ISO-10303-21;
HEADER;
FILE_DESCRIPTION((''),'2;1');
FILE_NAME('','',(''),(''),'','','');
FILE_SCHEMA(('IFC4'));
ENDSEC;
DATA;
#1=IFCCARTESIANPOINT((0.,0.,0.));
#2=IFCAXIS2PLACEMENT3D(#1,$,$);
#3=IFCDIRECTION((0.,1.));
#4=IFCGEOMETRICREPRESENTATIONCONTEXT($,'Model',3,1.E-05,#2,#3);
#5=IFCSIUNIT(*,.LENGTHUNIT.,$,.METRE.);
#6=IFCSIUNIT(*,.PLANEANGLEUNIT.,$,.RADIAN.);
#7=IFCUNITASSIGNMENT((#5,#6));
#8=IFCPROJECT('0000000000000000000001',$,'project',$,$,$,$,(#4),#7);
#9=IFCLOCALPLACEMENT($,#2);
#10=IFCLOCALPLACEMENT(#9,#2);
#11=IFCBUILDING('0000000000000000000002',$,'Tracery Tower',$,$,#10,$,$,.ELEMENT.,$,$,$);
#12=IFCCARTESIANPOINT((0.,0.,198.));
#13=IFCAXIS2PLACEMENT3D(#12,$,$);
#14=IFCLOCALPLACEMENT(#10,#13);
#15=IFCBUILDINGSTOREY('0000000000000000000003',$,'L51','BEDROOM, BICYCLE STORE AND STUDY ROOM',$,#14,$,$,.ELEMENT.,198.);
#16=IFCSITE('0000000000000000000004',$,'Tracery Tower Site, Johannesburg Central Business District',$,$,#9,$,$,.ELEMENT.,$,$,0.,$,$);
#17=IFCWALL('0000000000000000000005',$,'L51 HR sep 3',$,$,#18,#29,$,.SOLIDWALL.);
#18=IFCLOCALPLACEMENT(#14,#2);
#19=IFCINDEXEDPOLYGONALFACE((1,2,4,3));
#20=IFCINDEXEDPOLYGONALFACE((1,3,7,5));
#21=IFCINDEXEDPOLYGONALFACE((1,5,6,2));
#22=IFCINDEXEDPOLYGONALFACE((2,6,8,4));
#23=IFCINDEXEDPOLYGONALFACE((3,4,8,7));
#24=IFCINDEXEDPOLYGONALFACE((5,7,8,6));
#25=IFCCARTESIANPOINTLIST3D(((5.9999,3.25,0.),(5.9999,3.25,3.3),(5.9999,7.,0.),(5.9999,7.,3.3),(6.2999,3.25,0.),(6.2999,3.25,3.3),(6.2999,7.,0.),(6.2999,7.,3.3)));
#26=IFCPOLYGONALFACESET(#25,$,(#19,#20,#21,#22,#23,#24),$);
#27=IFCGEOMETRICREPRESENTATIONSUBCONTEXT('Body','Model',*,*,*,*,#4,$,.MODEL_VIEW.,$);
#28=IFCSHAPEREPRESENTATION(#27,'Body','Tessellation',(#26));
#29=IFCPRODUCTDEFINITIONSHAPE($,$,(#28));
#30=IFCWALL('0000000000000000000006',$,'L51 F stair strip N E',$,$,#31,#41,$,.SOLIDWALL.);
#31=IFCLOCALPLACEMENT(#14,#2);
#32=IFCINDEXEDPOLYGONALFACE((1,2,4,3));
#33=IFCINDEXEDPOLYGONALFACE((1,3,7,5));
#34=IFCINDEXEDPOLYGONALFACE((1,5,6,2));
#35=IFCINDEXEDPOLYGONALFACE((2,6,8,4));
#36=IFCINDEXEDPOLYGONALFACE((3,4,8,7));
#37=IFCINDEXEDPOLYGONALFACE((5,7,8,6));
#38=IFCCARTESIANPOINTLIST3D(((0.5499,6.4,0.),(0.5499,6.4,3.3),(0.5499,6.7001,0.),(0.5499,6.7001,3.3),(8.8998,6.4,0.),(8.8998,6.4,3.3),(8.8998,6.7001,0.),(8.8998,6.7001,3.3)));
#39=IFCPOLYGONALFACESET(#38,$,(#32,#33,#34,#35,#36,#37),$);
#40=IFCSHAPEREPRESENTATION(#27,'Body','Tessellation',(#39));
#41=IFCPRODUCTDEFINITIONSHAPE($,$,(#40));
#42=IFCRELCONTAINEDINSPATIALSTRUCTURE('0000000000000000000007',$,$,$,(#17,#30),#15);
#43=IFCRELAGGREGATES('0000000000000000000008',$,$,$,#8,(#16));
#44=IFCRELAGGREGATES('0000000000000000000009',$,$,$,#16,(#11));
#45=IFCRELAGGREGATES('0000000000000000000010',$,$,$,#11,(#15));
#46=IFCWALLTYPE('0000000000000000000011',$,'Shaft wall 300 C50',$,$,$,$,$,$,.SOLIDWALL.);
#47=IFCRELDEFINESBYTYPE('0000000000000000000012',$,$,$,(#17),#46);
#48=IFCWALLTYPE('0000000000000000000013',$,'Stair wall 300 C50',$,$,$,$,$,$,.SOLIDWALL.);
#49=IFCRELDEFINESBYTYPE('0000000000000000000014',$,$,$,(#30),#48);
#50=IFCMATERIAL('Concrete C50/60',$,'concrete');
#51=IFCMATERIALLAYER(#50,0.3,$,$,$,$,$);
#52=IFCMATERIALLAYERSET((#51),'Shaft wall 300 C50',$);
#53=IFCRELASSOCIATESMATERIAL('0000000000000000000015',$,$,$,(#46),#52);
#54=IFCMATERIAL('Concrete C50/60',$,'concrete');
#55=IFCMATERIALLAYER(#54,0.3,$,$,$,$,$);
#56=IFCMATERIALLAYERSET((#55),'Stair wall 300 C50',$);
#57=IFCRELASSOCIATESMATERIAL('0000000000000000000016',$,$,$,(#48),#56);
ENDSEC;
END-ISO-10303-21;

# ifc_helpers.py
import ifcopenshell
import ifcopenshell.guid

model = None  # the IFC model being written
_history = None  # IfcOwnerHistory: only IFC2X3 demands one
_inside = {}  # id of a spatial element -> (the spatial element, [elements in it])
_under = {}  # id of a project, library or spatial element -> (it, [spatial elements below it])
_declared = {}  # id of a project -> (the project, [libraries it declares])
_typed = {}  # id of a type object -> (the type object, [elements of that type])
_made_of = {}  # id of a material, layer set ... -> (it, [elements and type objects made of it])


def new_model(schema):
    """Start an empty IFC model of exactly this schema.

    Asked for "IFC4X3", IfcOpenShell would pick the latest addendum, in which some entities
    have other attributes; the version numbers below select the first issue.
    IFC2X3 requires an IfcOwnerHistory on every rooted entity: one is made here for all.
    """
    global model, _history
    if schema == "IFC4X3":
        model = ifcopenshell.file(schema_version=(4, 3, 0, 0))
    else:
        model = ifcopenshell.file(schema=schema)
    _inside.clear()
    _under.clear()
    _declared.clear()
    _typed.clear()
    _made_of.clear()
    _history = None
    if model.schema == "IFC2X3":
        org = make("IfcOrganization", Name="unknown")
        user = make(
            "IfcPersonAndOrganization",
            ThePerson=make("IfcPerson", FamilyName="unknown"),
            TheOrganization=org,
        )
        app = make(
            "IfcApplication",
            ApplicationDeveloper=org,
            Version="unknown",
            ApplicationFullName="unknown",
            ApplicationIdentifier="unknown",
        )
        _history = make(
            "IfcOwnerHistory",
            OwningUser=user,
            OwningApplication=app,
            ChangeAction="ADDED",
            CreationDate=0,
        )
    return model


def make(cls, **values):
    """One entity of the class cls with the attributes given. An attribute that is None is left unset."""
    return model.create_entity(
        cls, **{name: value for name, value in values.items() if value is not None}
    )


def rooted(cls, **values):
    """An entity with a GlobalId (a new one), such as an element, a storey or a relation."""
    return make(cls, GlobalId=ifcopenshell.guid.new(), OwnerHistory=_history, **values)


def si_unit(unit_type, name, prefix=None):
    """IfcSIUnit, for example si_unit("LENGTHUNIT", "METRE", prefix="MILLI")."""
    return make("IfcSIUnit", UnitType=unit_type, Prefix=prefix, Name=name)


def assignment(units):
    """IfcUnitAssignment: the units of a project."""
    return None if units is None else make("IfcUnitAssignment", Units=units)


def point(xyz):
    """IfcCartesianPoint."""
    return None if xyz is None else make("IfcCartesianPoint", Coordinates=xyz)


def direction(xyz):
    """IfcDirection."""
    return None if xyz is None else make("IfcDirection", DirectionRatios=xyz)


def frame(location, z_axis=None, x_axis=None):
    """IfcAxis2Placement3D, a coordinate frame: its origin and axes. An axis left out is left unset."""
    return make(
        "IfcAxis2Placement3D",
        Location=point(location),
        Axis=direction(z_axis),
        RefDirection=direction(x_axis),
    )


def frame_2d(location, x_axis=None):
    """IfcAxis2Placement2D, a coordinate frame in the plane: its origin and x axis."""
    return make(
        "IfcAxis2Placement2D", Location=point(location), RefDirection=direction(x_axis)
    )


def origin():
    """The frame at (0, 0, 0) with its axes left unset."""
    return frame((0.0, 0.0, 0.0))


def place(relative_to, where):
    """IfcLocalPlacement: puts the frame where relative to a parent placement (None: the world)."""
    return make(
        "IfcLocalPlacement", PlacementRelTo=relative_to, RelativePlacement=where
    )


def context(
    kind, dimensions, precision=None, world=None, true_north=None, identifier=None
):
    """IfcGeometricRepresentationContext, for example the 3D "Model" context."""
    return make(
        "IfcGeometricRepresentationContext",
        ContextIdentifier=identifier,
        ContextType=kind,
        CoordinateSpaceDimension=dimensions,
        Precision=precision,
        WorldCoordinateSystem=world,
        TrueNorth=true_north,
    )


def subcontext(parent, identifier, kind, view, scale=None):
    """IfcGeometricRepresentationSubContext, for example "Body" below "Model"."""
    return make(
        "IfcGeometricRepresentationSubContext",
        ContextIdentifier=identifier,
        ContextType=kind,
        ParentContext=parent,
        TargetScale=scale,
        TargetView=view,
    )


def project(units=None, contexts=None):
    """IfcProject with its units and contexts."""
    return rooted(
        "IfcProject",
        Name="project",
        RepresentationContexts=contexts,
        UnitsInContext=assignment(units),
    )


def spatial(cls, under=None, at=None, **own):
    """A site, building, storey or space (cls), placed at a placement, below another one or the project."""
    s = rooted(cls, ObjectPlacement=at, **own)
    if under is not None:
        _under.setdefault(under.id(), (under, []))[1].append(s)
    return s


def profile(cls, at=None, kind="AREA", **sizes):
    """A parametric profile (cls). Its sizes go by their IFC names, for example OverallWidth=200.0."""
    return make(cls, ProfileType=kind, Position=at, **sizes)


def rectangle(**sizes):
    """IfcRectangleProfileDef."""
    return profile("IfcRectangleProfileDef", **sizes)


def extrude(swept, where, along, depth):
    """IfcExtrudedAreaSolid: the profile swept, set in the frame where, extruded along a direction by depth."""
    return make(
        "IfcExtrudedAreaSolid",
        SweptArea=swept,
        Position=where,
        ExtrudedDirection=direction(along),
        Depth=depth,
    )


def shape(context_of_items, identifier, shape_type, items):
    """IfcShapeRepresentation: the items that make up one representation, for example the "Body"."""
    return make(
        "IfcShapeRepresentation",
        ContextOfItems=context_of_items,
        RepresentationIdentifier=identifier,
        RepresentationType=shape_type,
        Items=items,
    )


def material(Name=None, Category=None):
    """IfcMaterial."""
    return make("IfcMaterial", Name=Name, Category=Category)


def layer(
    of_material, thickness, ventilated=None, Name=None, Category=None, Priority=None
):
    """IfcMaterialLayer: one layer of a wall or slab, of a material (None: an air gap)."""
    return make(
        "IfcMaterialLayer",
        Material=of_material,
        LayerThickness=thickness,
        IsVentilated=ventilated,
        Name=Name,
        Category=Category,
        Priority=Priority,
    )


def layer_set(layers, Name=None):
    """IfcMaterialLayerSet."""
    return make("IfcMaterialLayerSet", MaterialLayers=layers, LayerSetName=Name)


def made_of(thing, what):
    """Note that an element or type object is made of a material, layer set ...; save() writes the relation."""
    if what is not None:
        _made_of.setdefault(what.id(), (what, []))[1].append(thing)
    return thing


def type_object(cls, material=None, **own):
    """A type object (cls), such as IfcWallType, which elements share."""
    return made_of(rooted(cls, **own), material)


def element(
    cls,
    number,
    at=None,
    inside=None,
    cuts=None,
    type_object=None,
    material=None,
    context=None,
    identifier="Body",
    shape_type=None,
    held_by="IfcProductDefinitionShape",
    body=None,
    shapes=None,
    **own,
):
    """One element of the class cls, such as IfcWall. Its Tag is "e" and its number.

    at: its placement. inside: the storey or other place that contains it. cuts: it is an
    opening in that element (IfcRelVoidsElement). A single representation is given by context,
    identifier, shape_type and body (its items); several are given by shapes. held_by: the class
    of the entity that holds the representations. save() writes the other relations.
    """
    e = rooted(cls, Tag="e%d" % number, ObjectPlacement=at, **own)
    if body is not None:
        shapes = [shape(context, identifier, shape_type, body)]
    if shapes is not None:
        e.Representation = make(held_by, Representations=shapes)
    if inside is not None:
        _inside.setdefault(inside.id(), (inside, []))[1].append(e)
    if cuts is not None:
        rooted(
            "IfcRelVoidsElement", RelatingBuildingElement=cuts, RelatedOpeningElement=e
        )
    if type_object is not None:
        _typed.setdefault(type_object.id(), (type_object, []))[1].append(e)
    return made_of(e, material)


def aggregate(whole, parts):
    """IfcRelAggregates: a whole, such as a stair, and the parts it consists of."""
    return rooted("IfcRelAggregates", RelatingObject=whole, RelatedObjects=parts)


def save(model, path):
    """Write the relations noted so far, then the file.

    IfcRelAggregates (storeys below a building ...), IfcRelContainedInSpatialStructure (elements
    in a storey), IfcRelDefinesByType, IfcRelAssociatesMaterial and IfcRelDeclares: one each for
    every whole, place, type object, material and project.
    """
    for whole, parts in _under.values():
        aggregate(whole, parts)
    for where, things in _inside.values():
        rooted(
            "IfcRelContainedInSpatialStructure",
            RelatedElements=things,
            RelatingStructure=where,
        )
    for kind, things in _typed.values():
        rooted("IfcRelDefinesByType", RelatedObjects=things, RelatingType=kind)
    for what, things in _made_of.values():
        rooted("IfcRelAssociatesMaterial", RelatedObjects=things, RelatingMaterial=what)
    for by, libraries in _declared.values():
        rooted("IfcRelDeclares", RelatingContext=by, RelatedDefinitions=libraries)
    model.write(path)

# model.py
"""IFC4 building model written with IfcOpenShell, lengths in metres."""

from ifc_helpers import new_model, si_unit, direction, frame, frame_2d, origin, place, context, subcontext, project, spatial, rectangle, extrude, material, layer, layer_set, type_object, element, save


model = new_model("IFC4")

# Units and contexts
model_context = context("Model", 3, precision=1e-05, world=origin(), true_north=direction((0.0, 1.0)))
body_context = subcontext(model_context, "Body", "Model", "MODEL_VIEW")
ifc_project = project(units=[si_unit("LENGTHUNIT", "METRE"), si_unit("PLANEANGLEUNIT", "RADIAN")], contexts=[model_context])

# Site, building, storey
site_placement = place(None, origin())
site = spatial("IfcSite", under=ifc_project, at=site_placement, Name="Tracery Tower Site, Johannesburg Central Business District", CompositionType="ELEMENT", RefElevation=0.0)
building_placement = place(site_placement, origin())
building = spatial("IfcBuilding", under=site, at=building_placement, Name="Tracery Tower", CompositionType="ELEMENT")
storey_placement = place(building_placement, frame((0.0, 0.0, 198.0)))
storey = spatial("IfcBuildingStorey", under=building, at=storey_placement, Name="L51", Description="BEDROOM, BICYCLE STORE AND STUDY ROOM", CompositionType="ELEMENT", Elevation=198.0)

# Wall
ifc_material_1 = material(Name="Concrete C50/60", Category="concrete")
ifc_layer_1 = layer(ifc_material_1, 0.3)
ifc_layer_set_1 = layer_set([ifc_layer_1], Name="Shaft wall 300 C50")
wall_type_1 = type_object("IfcWallType", Name="Shaft wall 300 C50", PredefinedType="SOLIDWALL", material=ifc_layer_set_1)
for number, where, z_axis, x_axis, name in (
    (1, (6.1499, 3.25, 0.0), (0.0, 0.0, 1.0), (0.0, 1.0, 0.0), "L51 HR sep 3"),
):
    element("IfcWall", number, at=place(storey_placement, frame(where, z_axis=z_axis, x_axis=x_axis)), inside=storey, type_object=wall_type_1, Name=name, PredefinedType="SOLIDWALL", context=body_context, shape_type="SweptSolid", body=[
        extrude(rectangle(XDim=3.75, YDim=0.3, at=frame_2d((1.875, 0.0))), origin(), (0.0, 0.0, 1.0), 3.3),
    ])

# Wall
ifc_material_2 = material(Name="Concrete C50/60", Category="concrete")
ifc_layer_2 = layer(ifc_material_2, 0.3)
ifc_layer_set_2 = layer_set([ifc_layer_2], Name="Stair wall 300 C50")
wall_type_2 = type_object("IfcWallType", Name="Stair wall 300 C50", PredefinedType="SOLIDWALL", material=ifc_layer_set_2)
wall_1_placement = place(storey_placement, frame((0.55, 6.55, 0.0), z_axis=(0.0, 0.0, 1.0), x_axis=(1.0, 0.0, 0.0)))
element("IfcWall", 2, at=wall_1_placement, inside=storey, type_object=wall_type_2, Name="L51 F stair strip N E", PredefinedType="SOLIDWALL", context=body_context, shape_type="SweptSolid", body=[
    extrude(rectangle(XDim=8.3499, YDim=0.3, at=frame_2d((4.1748, 0.0))), origin(), (0.0, 0.0, 1.0), 3.3),
])

save(model, "model.ifc")
